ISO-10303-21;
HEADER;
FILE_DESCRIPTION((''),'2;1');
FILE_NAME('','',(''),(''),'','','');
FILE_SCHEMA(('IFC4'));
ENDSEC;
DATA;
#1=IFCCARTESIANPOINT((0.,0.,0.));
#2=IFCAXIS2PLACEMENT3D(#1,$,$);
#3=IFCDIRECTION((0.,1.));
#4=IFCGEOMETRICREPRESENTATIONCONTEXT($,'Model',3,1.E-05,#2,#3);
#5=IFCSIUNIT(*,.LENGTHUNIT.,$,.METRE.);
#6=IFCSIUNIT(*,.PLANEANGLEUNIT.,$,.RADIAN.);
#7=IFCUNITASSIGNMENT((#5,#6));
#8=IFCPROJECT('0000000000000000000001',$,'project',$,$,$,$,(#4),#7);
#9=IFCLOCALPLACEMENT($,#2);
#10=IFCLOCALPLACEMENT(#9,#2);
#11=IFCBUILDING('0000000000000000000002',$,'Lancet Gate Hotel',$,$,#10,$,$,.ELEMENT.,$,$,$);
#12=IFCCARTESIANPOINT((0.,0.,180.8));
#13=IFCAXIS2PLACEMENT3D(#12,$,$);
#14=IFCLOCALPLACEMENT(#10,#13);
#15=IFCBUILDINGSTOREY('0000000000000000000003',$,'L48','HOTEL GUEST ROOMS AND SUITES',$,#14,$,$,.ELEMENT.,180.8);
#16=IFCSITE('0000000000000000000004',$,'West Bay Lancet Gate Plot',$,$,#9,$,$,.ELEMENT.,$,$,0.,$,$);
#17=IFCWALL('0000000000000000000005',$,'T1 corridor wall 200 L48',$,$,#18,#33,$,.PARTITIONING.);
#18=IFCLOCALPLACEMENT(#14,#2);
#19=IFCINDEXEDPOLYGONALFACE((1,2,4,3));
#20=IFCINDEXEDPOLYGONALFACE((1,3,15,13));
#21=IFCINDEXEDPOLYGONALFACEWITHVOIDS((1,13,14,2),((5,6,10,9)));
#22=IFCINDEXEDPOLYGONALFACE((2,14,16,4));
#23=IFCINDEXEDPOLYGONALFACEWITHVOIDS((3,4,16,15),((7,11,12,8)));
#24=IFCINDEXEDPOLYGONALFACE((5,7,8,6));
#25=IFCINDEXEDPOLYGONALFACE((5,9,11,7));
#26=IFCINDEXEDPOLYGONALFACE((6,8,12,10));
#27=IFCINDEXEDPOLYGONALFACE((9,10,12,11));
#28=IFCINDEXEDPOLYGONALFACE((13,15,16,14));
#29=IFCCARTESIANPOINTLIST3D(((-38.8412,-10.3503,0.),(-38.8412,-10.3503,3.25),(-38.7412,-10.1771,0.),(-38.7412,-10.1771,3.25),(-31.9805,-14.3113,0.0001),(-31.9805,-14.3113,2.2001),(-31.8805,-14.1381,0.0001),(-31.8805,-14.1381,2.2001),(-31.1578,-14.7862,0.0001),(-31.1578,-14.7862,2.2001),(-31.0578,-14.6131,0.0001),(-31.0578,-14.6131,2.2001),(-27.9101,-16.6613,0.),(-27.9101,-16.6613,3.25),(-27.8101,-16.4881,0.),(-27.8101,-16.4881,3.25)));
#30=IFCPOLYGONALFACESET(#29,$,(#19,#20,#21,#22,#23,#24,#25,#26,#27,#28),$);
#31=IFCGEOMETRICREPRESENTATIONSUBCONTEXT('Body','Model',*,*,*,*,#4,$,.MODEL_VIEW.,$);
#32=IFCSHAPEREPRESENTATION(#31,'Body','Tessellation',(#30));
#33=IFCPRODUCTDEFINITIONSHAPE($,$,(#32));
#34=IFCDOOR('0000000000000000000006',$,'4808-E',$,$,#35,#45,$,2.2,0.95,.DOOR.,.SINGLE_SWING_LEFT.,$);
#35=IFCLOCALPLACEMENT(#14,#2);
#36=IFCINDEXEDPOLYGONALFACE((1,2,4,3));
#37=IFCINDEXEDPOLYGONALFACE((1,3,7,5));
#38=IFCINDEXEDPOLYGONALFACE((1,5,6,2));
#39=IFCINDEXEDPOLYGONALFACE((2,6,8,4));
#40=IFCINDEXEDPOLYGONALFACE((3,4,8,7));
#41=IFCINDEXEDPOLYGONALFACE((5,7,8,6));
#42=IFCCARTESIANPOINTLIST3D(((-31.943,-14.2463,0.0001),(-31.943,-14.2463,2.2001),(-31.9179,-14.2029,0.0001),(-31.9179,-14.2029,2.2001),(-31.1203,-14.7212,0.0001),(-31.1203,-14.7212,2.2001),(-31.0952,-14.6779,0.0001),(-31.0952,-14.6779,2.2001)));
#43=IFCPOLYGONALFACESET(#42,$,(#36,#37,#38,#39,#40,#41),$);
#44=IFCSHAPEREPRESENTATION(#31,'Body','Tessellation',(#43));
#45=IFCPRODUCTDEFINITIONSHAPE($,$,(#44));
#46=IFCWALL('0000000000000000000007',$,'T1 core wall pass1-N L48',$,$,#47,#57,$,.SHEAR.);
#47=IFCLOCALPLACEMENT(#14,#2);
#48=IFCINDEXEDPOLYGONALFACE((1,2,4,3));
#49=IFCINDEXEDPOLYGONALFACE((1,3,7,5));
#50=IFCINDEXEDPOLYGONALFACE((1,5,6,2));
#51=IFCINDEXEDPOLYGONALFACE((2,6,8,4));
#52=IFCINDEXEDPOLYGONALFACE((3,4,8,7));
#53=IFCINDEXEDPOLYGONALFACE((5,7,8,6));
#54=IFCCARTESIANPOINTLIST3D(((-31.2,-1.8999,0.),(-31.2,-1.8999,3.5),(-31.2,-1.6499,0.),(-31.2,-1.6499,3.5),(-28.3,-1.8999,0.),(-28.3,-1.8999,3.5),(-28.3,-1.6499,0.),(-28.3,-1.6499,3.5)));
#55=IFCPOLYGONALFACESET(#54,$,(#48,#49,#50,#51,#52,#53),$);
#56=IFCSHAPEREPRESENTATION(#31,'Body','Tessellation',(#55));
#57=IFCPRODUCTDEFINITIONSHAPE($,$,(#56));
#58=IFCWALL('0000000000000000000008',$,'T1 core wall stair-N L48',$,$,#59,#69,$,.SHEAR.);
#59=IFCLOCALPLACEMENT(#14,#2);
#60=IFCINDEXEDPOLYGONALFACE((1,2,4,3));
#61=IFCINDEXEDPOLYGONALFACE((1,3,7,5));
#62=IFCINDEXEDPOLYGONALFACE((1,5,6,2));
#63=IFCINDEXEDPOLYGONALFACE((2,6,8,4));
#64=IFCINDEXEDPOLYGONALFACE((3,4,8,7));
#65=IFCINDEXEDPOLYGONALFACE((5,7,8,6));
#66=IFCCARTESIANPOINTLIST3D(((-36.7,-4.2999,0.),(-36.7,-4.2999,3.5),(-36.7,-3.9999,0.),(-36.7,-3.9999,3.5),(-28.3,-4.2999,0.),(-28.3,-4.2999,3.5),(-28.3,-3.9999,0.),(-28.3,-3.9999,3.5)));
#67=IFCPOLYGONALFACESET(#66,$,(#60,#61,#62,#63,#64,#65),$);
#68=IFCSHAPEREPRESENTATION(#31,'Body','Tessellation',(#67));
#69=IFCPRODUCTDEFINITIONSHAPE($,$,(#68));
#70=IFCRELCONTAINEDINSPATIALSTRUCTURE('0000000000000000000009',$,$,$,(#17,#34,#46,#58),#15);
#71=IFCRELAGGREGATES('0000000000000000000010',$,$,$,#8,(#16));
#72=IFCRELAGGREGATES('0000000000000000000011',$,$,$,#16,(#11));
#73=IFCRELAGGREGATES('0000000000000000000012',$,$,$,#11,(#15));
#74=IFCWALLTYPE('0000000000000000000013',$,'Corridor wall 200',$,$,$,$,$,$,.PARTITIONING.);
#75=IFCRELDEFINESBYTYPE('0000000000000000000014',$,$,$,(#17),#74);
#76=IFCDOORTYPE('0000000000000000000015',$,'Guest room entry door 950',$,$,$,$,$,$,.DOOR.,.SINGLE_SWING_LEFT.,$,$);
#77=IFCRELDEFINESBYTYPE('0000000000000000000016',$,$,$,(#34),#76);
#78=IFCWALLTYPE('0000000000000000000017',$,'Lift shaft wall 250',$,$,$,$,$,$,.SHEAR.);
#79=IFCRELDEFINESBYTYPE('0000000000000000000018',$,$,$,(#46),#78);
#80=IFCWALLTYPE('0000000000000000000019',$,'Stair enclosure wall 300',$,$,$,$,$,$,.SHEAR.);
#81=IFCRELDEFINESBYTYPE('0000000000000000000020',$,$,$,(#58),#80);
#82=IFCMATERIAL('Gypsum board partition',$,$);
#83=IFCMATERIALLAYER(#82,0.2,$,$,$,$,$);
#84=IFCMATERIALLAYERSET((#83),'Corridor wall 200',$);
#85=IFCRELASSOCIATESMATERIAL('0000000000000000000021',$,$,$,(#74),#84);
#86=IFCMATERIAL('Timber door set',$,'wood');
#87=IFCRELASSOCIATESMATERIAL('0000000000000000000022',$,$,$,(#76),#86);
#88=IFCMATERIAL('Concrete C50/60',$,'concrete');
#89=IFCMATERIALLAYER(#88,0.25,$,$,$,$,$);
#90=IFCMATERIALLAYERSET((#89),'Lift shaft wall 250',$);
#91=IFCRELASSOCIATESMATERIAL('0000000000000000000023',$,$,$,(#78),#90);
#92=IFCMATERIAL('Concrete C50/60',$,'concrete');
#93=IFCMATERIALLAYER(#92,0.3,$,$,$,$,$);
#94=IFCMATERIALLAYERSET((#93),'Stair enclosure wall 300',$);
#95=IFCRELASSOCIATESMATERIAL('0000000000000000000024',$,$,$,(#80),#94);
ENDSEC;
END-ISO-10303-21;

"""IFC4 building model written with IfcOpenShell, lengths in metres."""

from ifc_helpers import new_model, si_unit, direction, frame, frame_2d, origin, place, context, subcontext, project, spatial, rectangle, extrude, material, layer, layer_set, type_object, element, fill, save


model = new_model("IFC4")

# Units and contexts
model_context = context("Model", 3, precision=1e-05, world=origin(), true_north=direction((0.0, 1.0)))
body_context = subcontext(model_context, "Body", "Model", "MODEL_VIEW")
ifc_project = project(units=[si_unit("LENGTHUNIT", "METRE"), si_unit("PLANEANGLEUNIT", "RADIAN")], contexts=[model_context])

# Site, building, storey
site_placement = place(None, origin())
site = spatial("IfcSite", under=ifc_project, at=site_placement, Name="West Bay Lancet Gate Plot", CompositionType="ELEMENT", RefElevation=0.0)
building_placement = place(site_placement, origin())
building = spatial("IfcBuilding", under=site, at=building_placement, Name="Lancet Gate Hotel", CompositionType="ELEMENT")
storey_placement = place(building_placement, frame((0.0, 0.0, 180.8)))
storey = spatial("IfcBuildingStorey", under=building, at=storey_placement, Name="L48", Description="HOTEL GUEST ROOMS AND SUITES", CompositionType="ELEMENT", Elevation=180.8)

# Wall, opening, door
ifc_material_1 = material(Name="Gypsum board partition")
ifc_layer_1 = layer(ifc_material_1, 0.2)
ifc_layer_set_1 = layer_set([ifc_layer_1], Name="Corridor wall 200")
wall_type_1 = type_object("IfcWallType", Name="Corridor wall 200", PredefinedType="PARTITIONING", material=ifc_layer_set_1)
wall_1_placement = place(storey_placement, frame((-27.8601, -16.5747, 0.0), z_axis=(0.0, 0.0, 1.0), x_axis=(-0.866028, 0.499996, 0.0)))
wall_1 = element("IfcWall", 1, at=wall_1_placement, inside=storey, type_object=wall_type_1, Name="T1 corridor wall 200 L48", PredefinedType="PARTITIONING", context=body_context, shape_type="SweptSolid", body=[
    extrude(rectangle(XDim=12.6221, YDim=0.2, at=frame_2d((6.311, 0.0))), origin(), (0.0, 0.0, 1.0), 3.25),
])
opening_1_placement = place(wall_1_placement, frame((3.75, 0.0, 0.0)))
opening_1 = element("IfcOpeningElement", 2, at=opening_1_placement, cuts=wall_1, PredefinedType="OPENING", context=body_context, shape_type="SweptSolid", body=[
    extrude(rectangle(XDim=0.95, YDim=2.2, at=frame_2d((0.4751, 1.1001))), frame((0.0, 0.1099, 0.0), z_axis=(0.0, -1.0, 0.0), x_axis=(1.0, 0.0, 0.0)), (0.0, 0.0, 1.0), 0.22),
])
ifc_material_2 = material(Name="Timber door set", Category="wood")
door_type_1 = type_object("IfcDoorType", Name="Guest room entry door 950", OperationType="SINGLE_SWING_LEFT", PredefinedType="DOOR", material=ifc_material_2)
door_1_placement = place(opening_1_placement, origin())
door_1 = element("IfcDoor", 3, at=door_1_placement, inside=storey, type_object=door_type_1, Name="4808-E", OperationType="SINGLE_SWING_LEFT", OverallHeight=2.2, OverallWidth=0.95, PredefinedType="DOOR", context=body_context, shape_type="SweptSolid", body=[
    extrude(rectangle(XDim=0.95, YDim=2.2, at=frame_2d((0.4751, 1.1001))), frame((0.0, 0.0249, 0.0), z_axis=(0.0, -1.0, 0.0), x_axis=(1.0, 0.0, 0.0)), (0.0, 0.0, 1.0), 0.05),
])
fill(opening_1, door_1)

# Walls
ifc_material_3 = material(Name="Concrete C50/60", Category="concrete")
ifc_layer_2 = layer(ifc_material_3, 0.25)
ifc_layer_set_2 = layer_set([ifc_layer_2], Name="Lift shaft wall 250")
wall_type_2 = type_object("IfcWallType", Name="Lift shaft wall 250", PredefinedType="SHEAR", material=ifc_layer_set_2)
wall_2_placement = place(storey_placement, frame((-28.3, -1.7749, 0.0), z_axis=(0.0, 0.0, 1.0), x_axis=(-1.0, 0.0, 0.0)))
element("IfcWall", 4, at=wall_2_placement, inside=storey, type_object=wall_type_2, Name="T1 core wall pass1-N L48", PredefinedType="SHEAR", context=body_context, shape_type="SweptSolid", body=[
    extrude(rectangle(XDim=2.8999, YDim=0.25, at=frame_2d((1.45, 0.0))), origin(), (0.0, 0.0, 1.0), 3.5),
])
ifc_material_4 = material(Name="Concrete C50/60", Category="concrete")
ifc_layer_3 = layer(ifc_material_4, 0.3)
ifc_layer_set_3 = layer_set([ifc_layer_3], Name="Stair enclosure wall 300")
wall_type_3 = type_object("IfcWallType", Name="Stair enclosure wall 300", PredefinedType="SHEAR", material=ifc_layer_set_3)
wall_3_placement = place(storey_placement, frame((-28.3, -4.1499, 0.0), z_axis=(0.0, 0.0, 1.0), x_axis=(-1.0, 0.0, 0.0)))
element("IfcWall", 5, at=wall_3_placement, inside=storey, type_object=wall_type_3, Name="T1 core wall stair-N L48", PredefinedType="SHEAR", context=body_context, shape_type="SweptSolid", body=[
    extrude(rectangle(XDim=8.3999, YDim=0.3, at=frame_2d((4.2, 0.0))), origin(), (0.0, 0.0, 1.0), 3.5),
])

save(model, "model.ifc")
